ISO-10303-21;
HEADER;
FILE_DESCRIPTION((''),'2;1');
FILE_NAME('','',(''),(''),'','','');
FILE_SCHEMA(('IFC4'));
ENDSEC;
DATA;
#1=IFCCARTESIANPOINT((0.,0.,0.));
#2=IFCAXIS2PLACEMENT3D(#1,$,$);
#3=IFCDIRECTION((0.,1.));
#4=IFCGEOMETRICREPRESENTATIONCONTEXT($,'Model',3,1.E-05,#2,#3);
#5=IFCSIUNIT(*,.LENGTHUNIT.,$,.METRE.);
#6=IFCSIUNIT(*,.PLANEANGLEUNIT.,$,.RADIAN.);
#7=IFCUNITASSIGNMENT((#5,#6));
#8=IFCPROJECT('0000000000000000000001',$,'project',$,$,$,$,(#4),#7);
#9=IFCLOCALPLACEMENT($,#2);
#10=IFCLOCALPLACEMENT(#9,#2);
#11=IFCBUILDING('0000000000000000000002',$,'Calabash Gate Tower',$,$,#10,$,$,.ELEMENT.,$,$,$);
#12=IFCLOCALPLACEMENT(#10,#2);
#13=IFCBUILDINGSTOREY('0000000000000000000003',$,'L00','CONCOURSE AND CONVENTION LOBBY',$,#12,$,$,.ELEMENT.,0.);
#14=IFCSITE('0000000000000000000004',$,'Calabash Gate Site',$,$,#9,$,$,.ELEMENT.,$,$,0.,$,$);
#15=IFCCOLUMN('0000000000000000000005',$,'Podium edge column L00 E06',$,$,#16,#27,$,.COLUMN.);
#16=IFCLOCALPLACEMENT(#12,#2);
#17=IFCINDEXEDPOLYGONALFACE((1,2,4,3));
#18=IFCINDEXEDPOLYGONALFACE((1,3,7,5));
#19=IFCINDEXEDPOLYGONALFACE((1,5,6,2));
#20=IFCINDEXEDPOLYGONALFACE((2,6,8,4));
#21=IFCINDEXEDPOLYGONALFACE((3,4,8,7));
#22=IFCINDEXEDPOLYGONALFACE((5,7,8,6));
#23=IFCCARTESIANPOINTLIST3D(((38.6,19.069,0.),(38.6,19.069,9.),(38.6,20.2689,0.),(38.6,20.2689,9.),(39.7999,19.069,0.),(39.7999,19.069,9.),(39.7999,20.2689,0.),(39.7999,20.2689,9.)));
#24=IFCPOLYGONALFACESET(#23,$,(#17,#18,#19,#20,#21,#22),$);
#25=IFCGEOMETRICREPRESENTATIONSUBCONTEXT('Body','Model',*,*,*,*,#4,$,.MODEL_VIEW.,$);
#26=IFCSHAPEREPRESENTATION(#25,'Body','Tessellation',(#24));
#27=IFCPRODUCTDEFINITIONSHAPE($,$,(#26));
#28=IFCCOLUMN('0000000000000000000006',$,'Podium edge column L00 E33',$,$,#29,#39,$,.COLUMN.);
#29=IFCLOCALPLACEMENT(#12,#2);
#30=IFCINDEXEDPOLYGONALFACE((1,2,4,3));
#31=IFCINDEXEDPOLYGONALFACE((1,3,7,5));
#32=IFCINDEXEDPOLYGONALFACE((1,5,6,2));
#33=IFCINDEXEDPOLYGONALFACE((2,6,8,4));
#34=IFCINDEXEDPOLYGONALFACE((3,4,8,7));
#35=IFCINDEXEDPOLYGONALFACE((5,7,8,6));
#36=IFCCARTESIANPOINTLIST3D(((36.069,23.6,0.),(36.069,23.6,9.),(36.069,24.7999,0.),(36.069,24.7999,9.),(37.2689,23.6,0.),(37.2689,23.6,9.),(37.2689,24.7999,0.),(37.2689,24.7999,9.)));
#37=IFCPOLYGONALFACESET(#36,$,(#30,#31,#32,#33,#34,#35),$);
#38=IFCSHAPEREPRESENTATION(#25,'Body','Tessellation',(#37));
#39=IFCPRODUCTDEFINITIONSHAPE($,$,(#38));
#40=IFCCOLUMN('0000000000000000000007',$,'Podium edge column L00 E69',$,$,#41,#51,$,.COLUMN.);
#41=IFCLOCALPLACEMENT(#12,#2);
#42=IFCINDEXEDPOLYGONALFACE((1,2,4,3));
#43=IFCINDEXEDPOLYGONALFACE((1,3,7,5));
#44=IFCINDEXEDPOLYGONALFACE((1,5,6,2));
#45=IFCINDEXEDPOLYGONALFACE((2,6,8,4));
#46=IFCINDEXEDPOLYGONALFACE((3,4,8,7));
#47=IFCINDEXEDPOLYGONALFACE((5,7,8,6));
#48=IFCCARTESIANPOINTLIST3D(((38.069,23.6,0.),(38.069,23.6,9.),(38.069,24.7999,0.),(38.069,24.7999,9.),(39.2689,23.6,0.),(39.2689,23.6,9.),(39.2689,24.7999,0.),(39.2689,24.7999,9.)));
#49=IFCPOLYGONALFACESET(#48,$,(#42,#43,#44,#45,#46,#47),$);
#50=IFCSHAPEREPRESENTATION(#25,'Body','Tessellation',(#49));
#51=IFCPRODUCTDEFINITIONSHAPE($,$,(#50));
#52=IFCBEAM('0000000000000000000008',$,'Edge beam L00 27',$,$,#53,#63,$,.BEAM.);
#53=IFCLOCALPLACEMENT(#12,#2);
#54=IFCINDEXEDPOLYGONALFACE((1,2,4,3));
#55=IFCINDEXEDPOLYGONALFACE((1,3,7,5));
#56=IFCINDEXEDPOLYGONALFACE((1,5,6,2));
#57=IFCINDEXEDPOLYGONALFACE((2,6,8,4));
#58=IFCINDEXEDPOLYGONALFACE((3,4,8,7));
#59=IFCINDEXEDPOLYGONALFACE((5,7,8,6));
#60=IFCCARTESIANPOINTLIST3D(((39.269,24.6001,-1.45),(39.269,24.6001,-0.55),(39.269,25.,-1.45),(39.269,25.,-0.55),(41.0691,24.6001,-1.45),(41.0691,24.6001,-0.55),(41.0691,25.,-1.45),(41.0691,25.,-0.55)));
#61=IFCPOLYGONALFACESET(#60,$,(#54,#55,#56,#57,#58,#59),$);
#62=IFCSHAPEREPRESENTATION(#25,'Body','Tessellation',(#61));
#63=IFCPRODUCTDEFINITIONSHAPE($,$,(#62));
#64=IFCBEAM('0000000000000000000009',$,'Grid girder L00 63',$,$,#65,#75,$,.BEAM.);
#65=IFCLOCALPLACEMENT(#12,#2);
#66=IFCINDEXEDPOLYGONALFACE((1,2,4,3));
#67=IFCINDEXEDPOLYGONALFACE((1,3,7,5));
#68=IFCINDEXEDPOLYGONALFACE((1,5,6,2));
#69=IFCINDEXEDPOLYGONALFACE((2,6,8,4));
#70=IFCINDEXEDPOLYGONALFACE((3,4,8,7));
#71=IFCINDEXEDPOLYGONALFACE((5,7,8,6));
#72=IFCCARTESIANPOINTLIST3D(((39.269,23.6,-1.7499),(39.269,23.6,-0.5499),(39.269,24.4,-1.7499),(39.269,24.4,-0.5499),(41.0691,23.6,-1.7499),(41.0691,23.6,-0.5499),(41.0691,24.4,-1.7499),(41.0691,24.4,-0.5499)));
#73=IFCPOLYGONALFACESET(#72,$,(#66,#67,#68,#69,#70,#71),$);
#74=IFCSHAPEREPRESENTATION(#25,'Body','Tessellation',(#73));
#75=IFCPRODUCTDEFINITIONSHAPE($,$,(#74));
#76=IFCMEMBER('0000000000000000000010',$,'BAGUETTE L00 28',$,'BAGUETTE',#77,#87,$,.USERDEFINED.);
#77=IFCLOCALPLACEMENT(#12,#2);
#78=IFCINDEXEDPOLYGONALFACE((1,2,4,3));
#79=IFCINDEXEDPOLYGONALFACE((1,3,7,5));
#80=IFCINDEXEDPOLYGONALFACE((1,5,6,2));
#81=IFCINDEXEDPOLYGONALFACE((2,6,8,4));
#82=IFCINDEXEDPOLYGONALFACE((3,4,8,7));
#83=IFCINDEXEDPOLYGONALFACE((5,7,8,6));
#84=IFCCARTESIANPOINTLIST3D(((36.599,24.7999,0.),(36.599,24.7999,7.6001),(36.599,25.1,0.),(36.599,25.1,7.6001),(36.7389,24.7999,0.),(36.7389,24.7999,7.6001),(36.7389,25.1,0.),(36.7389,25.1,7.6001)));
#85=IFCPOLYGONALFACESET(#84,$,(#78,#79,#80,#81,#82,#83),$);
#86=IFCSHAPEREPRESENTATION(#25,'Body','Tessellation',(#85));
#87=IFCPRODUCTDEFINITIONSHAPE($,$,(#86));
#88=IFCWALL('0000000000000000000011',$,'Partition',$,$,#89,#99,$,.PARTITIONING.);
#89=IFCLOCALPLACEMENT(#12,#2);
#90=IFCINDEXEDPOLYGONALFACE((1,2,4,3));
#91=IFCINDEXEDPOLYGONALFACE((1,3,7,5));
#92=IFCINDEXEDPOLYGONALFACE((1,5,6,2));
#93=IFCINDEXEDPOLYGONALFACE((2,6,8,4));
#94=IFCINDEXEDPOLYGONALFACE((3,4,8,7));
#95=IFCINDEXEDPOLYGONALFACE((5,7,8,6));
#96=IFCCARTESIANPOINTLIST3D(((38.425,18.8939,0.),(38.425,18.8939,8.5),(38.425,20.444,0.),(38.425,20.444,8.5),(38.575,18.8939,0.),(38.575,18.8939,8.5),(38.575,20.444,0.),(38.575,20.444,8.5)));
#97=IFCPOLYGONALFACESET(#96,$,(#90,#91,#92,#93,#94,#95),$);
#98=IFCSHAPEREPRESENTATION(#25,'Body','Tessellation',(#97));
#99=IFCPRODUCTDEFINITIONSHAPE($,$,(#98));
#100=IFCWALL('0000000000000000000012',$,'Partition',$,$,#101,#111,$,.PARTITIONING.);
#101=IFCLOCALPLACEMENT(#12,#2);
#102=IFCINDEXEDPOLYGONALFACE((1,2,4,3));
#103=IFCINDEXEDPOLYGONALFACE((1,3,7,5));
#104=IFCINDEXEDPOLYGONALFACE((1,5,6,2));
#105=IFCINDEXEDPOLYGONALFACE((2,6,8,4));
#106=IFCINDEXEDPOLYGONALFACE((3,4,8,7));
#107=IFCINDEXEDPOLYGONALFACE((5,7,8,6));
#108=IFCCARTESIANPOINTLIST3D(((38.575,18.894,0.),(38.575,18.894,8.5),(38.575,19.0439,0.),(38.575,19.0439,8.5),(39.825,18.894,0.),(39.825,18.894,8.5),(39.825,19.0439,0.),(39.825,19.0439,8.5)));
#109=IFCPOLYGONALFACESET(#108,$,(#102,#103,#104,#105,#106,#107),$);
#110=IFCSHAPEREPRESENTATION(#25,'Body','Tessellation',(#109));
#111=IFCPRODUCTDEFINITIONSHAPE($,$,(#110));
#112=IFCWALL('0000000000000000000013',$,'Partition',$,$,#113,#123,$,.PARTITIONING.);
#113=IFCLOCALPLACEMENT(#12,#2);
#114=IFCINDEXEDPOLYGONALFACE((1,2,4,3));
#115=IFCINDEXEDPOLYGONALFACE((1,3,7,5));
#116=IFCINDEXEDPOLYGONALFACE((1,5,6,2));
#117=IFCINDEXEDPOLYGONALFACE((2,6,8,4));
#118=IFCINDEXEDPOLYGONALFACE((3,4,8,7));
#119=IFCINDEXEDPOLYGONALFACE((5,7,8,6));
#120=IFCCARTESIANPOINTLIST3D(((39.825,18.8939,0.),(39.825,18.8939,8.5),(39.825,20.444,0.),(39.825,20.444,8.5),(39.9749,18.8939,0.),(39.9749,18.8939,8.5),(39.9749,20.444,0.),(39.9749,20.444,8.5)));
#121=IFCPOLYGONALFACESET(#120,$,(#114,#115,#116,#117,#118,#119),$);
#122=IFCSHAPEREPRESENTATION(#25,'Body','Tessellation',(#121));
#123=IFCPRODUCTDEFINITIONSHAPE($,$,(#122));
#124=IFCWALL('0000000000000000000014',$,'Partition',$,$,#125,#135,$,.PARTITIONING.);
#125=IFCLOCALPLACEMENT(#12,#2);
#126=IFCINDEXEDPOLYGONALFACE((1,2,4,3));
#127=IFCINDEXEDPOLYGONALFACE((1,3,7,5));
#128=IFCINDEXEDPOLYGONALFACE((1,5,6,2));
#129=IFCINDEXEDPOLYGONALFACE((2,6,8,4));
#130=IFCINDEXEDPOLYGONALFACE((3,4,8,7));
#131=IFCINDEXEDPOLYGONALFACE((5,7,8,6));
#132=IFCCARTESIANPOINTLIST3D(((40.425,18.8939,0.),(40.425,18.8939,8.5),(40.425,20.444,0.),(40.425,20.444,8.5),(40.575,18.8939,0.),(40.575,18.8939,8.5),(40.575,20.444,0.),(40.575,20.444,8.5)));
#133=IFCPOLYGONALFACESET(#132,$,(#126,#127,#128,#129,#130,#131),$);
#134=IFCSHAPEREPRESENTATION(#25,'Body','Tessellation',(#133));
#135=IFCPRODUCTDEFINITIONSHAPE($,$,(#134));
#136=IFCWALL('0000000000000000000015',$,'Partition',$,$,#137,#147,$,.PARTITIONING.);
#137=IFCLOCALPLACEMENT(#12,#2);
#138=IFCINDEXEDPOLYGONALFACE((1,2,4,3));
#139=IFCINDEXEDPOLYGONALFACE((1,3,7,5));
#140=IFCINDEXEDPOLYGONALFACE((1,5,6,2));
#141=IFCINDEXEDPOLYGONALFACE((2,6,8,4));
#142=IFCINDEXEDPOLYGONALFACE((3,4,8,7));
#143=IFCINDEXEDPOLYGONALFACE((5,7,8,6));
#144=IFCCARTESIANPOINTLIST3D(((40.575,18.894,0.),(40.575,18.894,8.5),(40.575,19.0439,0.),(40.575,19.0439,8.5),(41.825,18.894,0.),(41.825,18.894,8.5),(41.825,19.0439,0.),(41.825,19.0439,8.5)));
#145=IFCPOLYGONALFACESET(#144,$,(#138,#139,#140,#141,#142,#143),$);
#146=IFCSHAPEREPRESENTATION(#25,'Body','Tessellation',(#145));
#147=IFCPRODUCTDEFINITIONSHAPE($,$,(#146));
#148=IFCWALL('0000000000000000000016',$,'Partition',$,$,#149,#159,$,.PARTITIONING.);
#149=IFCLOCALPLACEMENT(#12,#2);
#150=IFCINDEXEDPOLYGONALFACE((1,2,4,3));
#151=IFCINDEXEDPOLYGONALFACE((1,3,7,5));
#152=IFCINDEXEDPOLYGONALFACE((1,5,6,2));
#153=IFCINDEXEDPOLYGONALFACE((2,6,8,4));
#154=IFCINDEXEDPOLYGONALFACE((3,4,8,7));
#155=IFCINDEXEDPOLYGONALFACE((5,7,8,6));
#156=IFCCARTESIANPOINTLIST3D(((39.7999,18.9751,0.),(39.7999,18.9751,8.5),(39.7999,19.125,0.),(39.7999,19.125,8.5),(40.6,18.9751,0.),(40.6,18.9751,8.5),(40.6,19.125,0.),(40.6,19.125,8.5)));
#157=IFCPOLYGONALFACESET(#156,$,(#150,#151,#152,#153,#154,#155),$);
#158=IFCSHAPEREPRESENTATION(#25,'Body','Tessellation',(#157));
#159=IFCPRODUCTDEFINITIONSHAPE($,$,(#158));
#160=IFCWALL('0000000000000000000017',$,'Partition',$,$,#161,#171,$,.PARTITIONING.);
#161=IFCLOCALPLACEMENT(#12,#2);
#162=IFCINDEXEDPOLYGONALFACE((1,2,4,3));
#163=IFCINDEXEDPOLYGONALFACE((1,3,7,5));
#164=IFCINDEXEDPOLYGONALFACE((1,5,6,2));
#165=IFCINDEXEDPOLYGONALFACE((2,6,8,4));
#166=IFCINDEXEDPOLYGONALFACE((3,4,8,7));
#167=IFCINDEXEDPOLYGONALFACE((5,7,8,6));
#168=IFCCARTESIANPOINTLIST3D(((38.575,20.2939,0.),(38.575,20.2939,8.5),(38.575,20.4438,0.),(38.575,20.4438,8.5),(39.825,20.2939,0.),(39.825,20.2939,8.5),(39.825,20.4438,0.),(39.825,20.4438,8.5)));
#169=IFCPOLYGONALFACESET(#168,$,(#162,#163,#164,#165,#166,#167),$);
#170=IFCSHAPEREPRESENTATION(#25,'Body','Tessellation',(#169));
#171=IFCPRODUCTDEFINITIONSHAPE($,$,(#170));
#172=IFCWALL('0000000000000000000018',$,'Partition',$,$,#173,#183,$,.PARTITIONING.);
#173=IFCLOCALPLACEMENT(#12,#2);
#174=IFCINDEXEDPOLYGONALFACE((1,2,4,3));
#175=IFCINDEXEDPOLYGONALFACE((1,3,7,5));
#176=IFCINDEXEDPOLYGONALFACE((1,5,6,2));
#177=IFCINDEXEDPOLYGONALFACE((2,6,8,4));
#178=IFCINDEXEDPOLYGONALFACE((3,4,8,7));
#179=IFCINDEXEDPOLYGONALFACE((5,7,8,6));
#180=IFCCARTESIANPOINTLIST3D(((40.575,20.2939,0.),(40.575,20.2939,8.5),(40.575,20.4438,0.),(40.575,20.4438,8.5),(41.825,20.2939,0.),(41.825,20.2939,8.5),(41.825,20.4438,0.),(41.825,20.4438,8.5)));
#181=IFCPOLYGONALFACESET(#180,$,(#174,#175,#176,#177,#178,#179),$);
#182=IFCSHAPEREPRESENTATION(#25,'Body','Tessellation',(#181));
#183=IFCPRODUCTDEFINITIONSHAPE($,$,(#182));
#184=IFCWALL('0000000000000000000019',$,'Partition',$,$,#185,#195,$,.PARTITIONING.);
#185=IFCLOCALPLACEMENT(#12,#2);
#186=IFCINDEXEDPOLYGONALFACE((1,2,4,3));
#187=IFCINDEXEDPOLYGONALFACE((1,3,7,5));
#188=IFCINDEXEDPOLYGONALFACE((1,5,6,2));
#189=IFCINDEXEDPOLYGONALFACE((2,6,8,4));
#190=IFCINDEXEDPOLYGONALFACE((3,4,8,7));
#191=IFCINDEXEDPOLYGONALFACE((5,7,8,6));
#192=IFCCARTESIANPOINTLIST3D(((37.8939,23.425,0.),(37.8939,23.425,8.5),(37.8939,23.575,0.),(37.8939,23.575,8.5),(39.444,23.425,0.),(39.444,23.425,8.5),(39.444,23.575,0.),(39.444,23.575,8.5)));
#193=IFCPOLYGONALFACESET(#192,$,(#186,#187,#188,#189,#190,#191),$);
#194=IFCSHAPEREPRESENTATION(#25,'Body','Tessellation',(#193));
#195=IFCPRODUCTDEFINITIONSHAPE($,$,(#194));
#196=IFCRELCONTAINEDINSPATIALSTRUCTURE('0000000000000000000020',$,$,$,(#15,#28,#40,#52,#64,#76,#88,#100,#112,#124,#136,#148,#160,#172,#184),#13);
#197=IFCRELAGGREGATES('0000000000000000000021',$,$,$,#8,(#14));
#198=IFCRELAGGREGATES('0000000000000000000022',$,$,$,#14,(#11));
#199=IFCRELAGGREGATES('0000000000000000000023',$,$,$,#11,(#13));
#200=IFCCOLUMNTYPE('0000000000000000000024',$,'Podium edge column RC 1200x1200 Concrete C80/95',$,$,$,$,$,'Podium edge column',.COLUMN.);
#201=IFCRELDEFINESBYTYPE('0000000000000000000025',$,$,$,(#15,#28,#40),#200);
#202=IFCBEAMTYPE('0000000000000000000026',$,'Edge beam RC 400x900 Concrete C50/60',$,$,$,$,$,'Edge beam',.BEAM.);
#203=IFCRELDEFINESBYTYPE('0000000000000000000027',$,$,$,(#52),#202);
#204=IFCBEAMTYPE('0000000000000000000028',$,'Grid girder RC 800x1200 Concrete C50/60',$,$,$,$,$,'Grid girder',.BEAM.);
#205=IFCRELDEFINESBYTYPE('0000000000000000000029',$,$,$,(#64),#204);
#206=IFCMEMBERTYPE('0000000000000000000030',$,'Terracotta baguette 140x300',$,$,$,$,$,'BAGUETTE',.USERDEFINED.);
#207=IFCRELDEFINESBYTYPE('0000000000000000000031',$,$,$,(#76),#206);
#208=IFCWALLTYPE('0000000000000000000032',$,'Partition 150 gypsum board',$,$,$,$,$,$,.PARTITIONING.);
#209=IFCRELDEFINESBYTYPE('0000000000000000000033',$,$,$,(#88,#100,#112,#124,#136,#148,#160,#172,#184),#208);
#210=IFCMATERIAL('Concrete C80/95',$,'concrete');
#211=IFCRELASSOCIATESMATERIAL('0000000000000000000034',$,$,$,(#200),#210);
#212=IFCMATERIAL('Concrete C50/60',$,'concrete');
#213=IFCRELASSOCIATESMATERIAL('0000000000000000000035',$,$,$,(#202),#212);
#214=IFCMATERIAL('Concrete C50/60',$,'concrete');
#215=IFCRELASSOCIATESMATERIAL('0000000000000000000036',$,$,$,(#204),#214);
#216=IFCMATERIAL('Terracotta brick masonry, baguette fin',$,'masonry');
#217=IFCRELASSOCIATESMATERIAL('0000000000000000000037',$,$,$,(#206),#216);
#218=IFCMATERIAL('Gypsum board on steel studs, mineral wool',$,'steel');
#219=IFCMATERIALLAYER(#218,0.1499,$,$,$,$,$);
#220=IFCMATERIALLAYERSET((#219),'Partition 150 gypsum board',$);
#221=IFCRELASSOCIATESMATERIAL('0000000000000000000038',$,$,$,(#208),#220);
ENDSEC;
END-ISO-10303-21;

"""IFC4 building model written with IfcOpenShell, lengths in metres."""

from ifc_helpers import new_model, si_unit, direction, frame, frame_2d, origin, origin_2d, place, context, subcontext, project, spatial, rectangle, extrude, material, layer, layer_set, material_profile, profile_set, type_object, element, save


model = new_model("IFC4")

# Units and contexts
model_context = context("Model", 3, precision=1e-05, world=origin(), true_north=direction((0.0, 1.0)))
body_context = subcontext(model_context, "Body", "Model", "MODEL_VIEW")
ifc_project = project(units=[si_unit("LENGTHUNIT", "METRE"), si_unit("PLANEANGLEUNIT", "RADIAN")], contexts=[model_context])

# Site, building, storey
site_placement = place(None, origin())
site = spatial("IfcSite", under=ifc_project, at=site_placement, Name="Calabash Gate Site", CompositionType="ELEMENT", RefElevation=0.0)
building_placement = place(site_placement, origin())
building = spatial("IfcBuilding", under=site, at=building_placement, Name="Calabash Gate Tower", CompositionType="ELEMENT")
storey_placement = place(building_placement, origin())
storey = spatial("IfcBuildingStorey", under=building, at=storey_placement, Name="L00", Description="CONCOURSE AND CONVENTION LOBBY", CompositionType="ELEMENT", Elevation=0.0)

# Columns
ifc_material_1 = material(Name="Concrete C80/95", Category="concrete")
ifc_material_profile_1 = material_profile(ifc_material_1, rectangle(XDim=1.2, YDim=1.2, at=origin_2d()))
ifc_profile_set_1 = profile_set([ifc_material_profile_1], Name="Concrete C80/95")
column_type = type_object("IfcColumnType", Name="Podium edge column RC 1200x1200 Concrete C80/95", ElementType="Podium edge column", PredefinedType="COLUMN", material=ifc_profile_set_1)
for number, where, z_axis, x_axis, name in (
    (1, (39.2, 19.6689, 0.0), (0.0, 0.0, 1.0), (1.0, 0.0, 0.0), "Podium edge column L00 E06"),
    (2, (36.6689, 24.2, 0.0), (0.0, 0.0, 1.0), (1.0, 0.0, 0.0), "Podium edge column L00 E33"),
    (3, (38.6689, 24.2, 0.0), (0.0, 0.0, 1.0), (1.0, 0.0, 0.0), "Podium edge column L00 E69"),
):
    element("IfcColumn", number, at=place(storey_placement, frame(where, z_axis=z_axis, x_axis=x_axis)), inside=storey, type_object=column_type, Name=name, PredefinedType="COLUMN", context=body_context, shape_type="SweptSolid", body=[
        extrude(rectangle(XDim=1.2, YDim=1.2, at=origin_2d()), origin(), (0.0, 0.0, 1.0), 9.0),
    ])

# Beams
ifc_material_2 = material(Name="Concrete C50/60", Category="concrete")
ifc_material_profile_2 = material_profile(ifc_material_2, rectangle(XDim=0.3999, YDim=0.8999, at=origin_2d()))
ifc_profile_set_2 = profile_set([ifc_material_profile_2], Name="Concrete C50/60")
beam_type_1 = type_object("IfcBeamType", Name="Edge beam RC 400x900 Concrete C50/60", ElementType="Edge beam", PredefinedType="BEAM", material=ifc_profile_set_2)
beam_1_placement = place(storey_placement, frame((39.269, 24.8, -1.0), z_axis=(1.0, 0.0, 0.0), x_axis=(0.0, 1.0, 0.0)))
element("IfcBeam", 4, at=beam_1_placement, inside=storey, type_object=beam_type_1, Name="Edge beam L00 27", PredefinedType="BEAM", context=body_context, shape_type="SweptSolid", body=[
    extrude(rectangle(XDim=0.3999, YDim=0.8999, at=origin_2d()), origin(), (0.0, 0.0, 1.0), 1.8),
])
ifc_material_3 = material(Name="Concrete C50/60", Category="concrete")
ifc_material_profile_3 = material_profile(ifc_material_3, rectangle(XDim=0.8, YDim=1.2, at=origin_2d()))
ifc_profile_set_3 = profile_set([ifc_material_profile_3], Name="Concrete C50/60")
beam_type_2 = type_object("IfcBeamType", Name="Grid girder RC 800x1200 Concrete C50/60", ElementType="Grid girder", PredefinedType="BEAM", material=ifc_profile_set_3)
beam_2_placement = place(storey_placement, frame((39.269, 24.0, -1.1499), z_axis=(1.0, 0.0, 0.0), x_axis=(0.0, 1.0, 0.0)))
element("IfcBeam", 5, at=beam_2_placement, inside=storey, type_object=beam_type_2, Name="Grid girder L00 63", PredefinedType="BEAM", context=body_context, shape_type="SweptSolid", body=[
    extrude(rectangle(XDim=0.8, YDim=1.2, at=origin_2d()), origin(), (0.0, 0.0, 1.0), 1.8),
])

# Member
ifc_material_4 = material(Name="Terracotta brick masonry, baguette fin", Category="masonry")
ifc_material_profile_4 = material_profile(ifc_material_4, rectangle(XDim=0.1399, YDim=0.3, at=origin_2d()))
ifc_profile_set_4 = profile_set([ifc_material_profile_4], Name="Terracotta brick masonry, baguette fin")
member_type = type_object("IfcMemberType", Name="Terracotta baguette 140x300", ElementType="BAGUETTE", PredefinedType="USERDEFINED", material=ifc_profile_set_4)
member_placement = place(storey_placement, frame((36.6689, 24.95, 0.0), z_axis=(0.0, 0.0, 1.0), x_axis=(-1.0, 0.0, 0.0)))
element("IfcMember", 6, at=member_placement, inside=storey, type_object=member_type, Name="BAGUETTE L00 28", ObjectType="BAGUETTE", PredefinedType="USERDEFINED", context=body_context, shape_type="SweptSolid", body=[
    extrude(rectangle(XDim=0.1399, YDim=0.3, at=origin_2d()), origin(), (0.0, 0.0, 1.0), 7.6001),
])

# Walls
ifc_material_5 = material(Name="Gypsum board on steel studs, mineral wool", Category="steel")
ifc_layer = layer(ifc_material_5, 0.1499)
ifc_layer_set = layer_set([ifc_layer], Name="Partition 150 gypsum board")
wall_type = type_object("IfcWallType", Name="Partition 150 gypsum board", PredefinedType="PARTITIONING", material=ifc_layer_set)
wall_1_placement = place(storey_placement, frame((38.5, 18.894, 0.0), z_axis=(0.0, 0.0, 1.0), x_axis=(0.0, 1.0, 0.0)))
element("IfcWall", 7, at=wall_1_placement, inside=storey, type_object=wall_type, Name="Partition", PredefinedType="PARTITIONING", context=body_context, shape_type="SweptSolid", body=[
    extrude(rectangle(XDim=1.55, YDim=0.1499, at=frame_2d((0.7749, 0.0))), origin(), (0.0, 0.0, 1.0), 8.5),
])
wall_2_placement = place(storey_placement, frame((38.575, 18.969, 0.0), z_axis=(0.0, 0.0, 1.0), x_axis=(1.0, 0.0, 0.0)))
element("IfcWall", 8, at=wall_2_placement, inside=storey, type_object=wall_type, Name="Partition", PredefinedType="PARTITIONING", context=body_context, shape_type="SweptSolid", body=[
    extrude(rectangle(XDim=1.25, YDim=0.1499, at=frame_2d((0.625, 0.0))), origin(), (0.0, 0.0, 1.0), 8.5),
])
for number, where, z_axis, x_axis, name in (
    (9, (39.8999, 18.894, 0.0), (0.0, 0.0, 1.0), (0.0, 1.0, 0.0), "Partition"),
    (10, (40.5, 18.894, 0.0), (0.0, 0.0, 1.0), (0.0, 1.0, 0.0), "Partition"),
):
    element("IfcWall", number, at=place(storey_placement, frame(where, z_axis=z_axis, x_axis=x_axis)), inside=storey, type_object=wall_type, Name=name, PredefinedType="PARTITIONING", context=body_context, shape_type="SweptSolid", body=[
        extrude(rectangle(XDim=1.55, YDim=0.1499, at=frame_2d((0.7749, 0.0))), origin(), (0.0, 0.0, 1.0), 8.5),
    ])
wall_3_placement = place(storey_placement, frame((40.575, 18.969, 0.0), z_axis=(0.0, 0.0, 1.0), x_axis=(1.0, 0.0, 0.0)))
element("IfcWall", 11, at=wall_3_placement, inside=storey, type_object=wall_type, Name="Partition", PredefinedType="PARTITIONING", context=body_context, shape_type="SweptSolid", body=[
    extrude(rectangle(XDim=1.25, YDim=0.1499, at=frame_2d((0.625, 0.0))), origin(), (0.0, 0.0, 1.0), 8.5),
])
wall_4_placement = place(storey_placement, frame((39.8, 19.05, 0.0), z_axis=(0.0, 0.0, 1.0), x_axis=(1.0, 0.0, 0.0)))
element("IfcWall", 12, at=wall_4_placement, inside=storey, type_object=wall_type, Name="Partition", PredefinedType="PARTITIONING", context=body_context, shape_type="SweptSolid", body=[
    extrude(rectangle(XDim=0.8, YDim=0.1499, at=frame_2d((0.3999, 0.0))), origin(), (0.0, 0.0, 1.0), 8.5),
])
for number, where, z_axis, x_axis, name in (
    (13, (38.575, 20.3689, 0.0), (0.0, 0.0, 1.0), (1.0, 0.0, 0.0), "Partition"),
    (14, (40.575, 20.3689, 0.0), (0.0, 0.0, 1.0), (1.0, 0.0, 0.0), "Partition"),
):
    element("IfcWall", number, at=place(storey_placement, frame(where, z_axis=z_axis, x_axis=x_axis)), inside=storey, type_object=wall_type, Name=name, PredefinedType="PARTITIONING", context=body_context, shape_type="SweptSolid", body=[
        extrude(rectangle(XDim=1.25, YDim=0.1499, at=frame_2d((0.625, 0.0))), origin(), (0.0, 0.0, 1.0), 8.5),
    ])
for number, where, z_axis, x_axis, name in (
    (15, (37.894, 23.5, 0.0), (0.0, 0.0, 1.0), (1.0, 0.0, 0.0), "Partition"),
):
    element("IfcWall", number, at=place(storey_placement, frame(where, z_axis=z_axis, x_axis=x_axis)), inside=storey, type_object=wall_type, Name=name, PredefinedType="PARTITIONING", context=body_context, shape_type="SweptSolid", body=[
        extrude(rectangle(XDim=1.55, YDim=0.1499, at=frame_2d((0.7749, 0.0))), origin(), (0.0, 0.0, 1.0), 8.5),
    ])

save(model, "model.ifc")
